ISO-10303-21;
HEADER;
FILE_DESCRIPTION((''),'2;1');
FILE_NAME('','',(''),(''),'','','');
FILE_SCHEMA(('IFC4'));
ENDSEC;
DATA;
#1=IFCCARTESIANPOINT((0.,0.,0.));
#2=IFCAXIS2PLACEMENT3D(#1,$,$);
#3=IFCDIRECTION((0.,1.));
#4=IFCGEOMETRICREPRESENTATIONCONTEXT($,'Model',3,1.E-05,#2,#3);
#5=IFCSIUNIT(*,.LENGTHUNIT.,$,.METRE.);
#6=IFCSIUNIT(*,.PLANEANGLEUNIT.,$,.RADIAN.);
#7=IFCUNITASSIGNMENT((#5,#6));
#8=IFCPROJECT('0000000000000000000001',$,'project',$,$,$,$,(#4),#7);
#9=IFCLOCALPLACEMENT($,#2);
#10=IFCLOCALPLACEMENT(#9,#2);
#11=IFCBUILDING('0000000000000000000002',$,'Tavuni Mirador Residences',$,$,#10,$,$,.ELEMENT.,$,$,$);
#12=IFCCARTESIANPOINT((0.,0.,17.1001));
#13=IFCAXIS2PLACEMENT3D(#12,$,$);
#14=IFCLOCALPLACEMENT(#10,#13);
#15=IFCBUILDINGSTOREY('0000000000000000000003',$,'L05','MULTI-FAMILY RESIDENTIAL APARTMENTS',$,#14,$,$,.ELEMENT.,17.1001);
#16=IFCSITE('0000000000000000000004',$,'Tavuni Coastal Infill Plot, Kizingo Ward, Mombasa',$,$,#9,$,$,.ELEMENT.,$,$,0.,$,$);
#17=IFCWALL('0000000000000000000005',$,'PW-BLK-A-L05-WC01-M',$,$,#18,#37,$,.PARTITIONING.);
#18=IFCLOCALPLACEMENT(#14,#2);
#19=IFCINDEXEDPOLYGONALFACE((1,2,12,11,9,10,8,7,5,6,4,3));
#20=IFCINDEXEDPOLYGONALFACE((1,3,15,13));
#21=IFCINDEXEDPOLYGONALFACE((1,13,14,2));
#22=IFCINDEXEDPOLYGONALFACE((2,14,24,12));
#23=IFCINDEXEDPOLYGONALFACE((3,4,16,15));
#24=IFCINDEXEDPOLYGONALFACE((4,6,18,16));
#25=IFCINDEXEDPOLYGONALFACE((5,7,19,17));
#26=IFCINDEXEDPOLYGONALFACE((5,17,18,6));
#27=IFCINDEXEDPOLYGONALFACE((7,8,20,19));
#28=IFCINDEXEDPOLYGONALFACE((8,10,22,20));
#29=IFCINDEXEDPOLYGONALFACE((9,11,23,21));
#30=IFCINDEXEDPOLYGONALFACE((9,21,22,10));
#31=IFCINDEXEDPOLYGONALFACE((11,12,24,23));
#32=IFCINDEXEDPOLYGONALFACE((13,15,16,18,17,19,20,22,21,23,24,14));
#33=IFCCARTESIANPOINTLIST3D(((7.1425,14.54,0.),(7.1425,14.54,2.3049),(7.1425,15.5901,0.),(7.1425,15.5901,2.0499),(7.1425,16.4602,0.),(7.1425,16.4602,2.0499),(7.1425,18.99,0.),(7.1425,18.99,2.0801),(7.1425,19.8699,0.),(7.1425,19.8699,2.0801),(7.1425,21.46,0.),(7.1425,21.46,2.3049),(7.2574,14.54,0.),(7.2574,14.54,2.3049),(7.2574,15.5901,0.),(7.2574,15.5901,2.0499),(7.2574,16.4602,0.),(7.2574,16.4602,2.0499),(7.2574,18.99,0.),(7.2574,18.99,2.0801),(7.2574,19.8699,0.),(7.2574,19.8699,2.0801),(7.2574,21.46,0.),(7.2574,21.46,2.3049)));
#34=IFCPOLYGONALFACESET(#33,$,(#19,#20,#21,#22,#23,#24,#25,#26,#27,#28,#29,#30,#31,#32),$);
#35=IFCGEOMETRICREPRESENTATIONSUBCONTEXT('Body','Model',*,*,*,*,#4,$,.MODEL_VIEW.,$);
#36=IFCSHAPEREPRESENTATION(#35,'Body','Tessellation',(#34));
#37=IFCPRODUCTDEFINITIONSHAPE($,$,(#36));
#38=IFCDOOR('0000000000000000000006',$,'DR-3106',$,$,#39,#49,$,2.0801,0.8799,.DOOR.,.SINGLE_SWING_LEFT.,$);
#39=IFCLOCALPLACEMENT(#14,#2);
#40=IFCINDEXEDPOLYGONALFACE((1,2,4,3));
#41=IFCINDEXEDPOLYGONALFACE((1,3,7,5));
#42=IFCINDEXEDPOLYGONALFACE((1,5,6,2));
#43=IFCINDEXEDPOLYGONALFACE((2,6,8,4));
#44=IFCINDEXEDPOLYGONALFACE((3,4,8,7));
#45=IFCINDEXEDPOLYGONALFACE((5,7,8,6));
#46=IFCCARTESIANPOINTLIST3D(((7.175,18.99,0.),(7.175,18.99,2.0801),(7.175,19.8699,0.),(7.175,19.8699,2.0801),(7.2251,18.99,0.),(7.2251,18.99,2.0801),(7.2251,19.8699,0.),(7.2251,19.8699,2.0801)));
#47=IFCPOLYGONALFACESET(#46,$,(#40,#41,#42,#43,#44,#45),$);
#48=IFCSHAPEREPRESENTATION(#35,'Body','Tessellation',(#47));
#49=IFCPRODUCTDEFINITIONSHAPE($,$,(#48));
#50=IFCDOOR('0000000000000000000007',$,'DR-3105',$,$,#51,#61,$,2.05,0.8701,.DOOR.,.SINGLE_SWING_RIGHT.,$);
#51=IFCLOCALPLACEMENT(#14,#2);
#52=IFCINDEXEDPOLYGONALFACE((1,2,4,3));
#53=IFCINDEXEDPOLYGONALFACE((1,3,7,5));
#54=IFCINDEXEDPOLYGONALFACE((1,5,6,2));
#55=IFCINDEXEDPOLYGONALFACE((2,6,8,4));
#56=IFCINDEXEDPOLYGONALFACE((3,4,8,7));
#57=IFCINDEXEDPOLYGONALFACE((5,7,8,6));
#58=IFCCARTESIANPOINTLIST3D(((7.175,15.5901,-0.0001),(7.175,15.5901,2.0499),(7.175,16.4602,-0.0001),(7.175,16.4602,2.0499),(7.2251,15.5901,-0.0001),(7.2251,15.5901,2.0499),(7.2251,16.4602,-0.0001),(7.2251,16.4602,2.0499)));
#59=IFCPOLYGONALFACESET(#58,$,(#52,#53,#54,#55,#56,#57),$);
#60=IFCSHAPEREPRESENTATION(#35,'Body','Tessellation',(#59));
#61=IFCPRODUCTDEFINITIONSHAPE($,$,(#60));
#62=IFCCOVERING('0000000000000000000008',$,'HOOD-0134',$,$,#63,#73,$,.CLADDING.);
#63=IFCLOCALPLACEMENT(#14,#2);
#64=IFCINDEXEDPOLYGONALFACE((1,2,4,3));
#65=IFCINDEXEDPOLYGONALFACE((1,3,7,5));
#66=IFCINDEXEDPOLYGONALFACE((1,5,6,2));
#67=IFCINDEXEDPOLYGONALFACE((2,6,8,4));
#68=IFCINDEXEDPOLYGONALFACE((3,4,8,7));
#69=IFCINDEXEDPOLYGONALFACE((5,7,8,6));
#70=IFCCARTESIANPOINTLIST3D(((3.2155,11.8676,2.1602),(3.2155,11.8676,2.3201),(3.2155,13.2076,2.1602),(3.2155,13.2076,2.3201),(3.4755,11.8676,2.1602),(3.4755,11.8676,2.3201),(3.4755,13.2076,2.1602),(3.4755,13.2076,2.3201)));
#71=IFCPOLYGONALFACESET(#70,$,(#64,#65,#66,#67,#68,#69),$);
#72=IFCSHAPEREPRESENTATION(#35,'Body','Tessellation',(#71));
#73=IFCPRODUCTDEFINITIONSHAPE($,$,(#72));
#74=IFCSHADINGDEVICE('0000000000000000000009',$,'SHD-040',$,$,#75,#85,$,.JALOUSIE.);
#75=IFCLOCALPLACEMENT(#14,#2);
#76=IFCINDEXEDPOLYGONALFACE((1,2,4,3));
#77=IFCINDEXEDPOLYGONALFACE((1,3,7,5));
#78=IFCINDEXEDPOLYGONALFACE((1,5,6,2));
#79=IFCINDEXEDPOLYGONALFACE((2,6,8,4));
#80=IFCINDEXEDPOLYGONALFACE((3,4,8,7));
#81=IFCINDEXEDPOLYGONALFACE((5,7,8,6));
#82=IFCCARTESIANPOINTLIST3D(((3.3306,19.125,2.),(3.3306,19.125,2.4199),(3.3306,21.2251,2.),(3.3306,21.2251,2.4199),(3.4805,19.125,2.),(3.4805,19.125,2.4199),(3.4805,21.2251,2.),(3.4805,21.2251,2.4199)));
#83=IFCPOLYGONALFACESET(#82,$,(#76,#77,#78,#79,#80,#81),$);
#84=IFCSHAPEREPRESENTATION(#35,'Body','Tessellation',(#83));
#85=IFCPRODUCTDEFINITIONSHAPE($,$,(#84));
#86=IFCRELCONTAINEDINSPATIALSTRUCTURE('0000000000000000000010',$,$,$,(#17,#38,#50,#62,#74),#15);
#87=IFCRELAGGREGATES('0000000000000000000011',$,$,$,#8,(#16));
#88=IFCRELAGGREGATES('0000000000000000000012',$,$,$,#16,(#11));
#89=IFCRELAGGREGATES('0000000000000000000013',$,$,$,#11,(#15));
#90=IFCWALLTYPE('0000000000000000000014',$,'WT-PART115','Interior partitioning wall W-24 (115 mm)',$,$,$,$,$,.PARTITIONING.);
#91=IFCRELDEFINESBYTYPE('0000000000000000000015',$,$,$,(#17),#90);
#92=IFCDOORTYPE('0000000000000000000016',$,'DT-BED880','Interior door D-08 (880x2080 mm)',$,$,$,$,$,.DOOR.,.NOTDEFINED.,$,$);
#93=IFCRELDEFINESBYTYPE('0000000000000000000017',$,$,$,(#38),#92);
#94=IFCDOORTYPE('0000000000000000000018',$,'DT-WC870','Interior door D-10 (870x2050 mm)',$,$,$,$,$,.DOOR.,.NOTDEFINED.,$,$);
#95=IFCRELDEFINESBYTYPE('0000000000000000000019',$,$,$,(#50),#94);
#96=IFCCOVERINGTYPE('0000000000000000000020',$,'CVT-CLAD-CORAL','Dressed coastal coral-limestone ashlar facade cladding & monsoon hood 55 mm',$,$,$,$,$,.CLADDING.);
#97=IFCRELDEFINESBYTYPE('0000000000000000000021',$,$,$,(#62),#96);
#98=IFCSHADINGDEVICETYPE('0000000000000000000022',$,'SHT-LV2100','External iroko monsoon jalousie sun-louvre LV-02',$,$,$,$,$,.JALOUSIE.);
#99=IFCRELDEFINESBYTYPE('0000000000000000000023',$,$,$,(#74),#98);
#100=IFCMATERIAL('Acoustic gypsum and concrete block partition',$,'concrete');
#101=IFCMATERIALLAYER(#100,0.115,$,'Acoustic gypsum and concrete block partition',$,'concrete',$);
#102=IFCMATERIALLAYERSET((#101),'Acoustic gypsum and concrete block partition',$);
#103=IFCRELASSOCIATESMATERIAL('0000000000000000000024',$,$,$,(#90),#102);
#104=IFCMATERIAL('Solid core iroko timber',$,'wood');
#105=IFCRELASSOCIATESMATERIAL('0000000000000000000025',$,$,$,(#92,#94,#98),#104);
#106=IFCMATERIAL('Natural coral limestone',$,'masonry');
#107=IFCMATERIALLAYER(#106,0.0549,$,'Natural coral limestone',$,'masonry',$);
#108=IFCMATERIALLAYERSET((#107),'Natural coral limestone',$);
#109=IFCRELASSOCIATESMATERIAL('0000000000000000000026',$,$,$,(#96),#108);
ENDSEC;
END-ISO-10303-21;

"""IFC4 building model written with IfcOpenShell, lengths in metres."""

from ifc_helpers import new_model, si_unit, direction, frame, frame_2d, origin, origin_2d, place, context, subcontext, project, spatial, rectangle, extrude, material, layer, layer_set, type_object, element, fill, save


model = new_model("IFC4")

# Units and contexts
model_context = context("Model", 3, precision=1e-05, world=origin(), true_north=direction((0.0, 1.0)))
body_context = subcontext(model_context, "Body", "Model", "MODEL_VIEW")
ifc_project = project(units=[si_unit("LENGTHUNIT", "METRE"), si_unit("PLANEANGLEUNIT", "RADIAN")], contexts=[model_context])

# Site, building, storey
site_placement = place(None, origin())
site = spatial("IfcSite", under=ifc_project, at=site_placement, Name="Tavuni Coastal Infill Plot, Kizingo Ward, Mombasa", CompositionType="ELEMENT", RefElevation=0.0)
building_placement = place(site_placement, origin())
building = spatial("IfcBuilding", under=site, at=building_placement, Name="Tavuni Mirador Residences", CompositionType="ELEMENT")
storey_placement = place(building_placement, frame((0.0, 0.0, 17.1001)))
storey = spatial("IfcBuildingStorey", under=building, at=storey_placement, Name="L05", Description="MULTI-FAMILY RESIDENTIAL APARTMENTS", CompositionType="ELEMENT", Elevation=17.1001)

# Shared definitions
ifc_material_1 = material(Name="Acoustic gypsum and concrete block partition", Category="concrete")
ifc_layer_1 = layer(ifc_material_1, 0.115, Name="Acoustic gypsum and concrete block partition", Category="concrete")
ifc_layer_set_1 = layer_set([ifc_layer_1], Name="Acoustic gypsum and concrete block partition")
wall_type_1 = type_object("IfcWallType", Name="WT-PART115", Description="Interior partitioning wall W-24 (115 mm)", PredefinedType="PARTITIONING", material=ifc_layer_set_1)
ifc_material_2 = material(Name="Solid core iroko timber", Category="wood")

# Wall, openings, doors
wall_1_placement = place(storey_placement, frame((7.2, 14.54, 0.0), z_axis=(0.0, 0.0, 1.0), x_axis=(0.0, 1.0, 0.0)))
wall_1 = element("IfcWall", 1, at=wall_1_placement, inside=storey, type_object=wall_type_1, Name="PW-BLK-A-L05-WC01-M", PredefinedType="PARTITIONING", context=body_context, shape_type="SweptSolid", body=[
    extrude(rectangle(XDim=6.9199, YDim=0.115, at=frame_2d((3.46, 0.0))), origin(), (0.0, 0.0, 1.0), 2.3049),
])
opening_1_placement = place(wall_1_placement, frame((1.05, 0.0, 0.0)))
opening_1 = element("IfcOpeningElement", 2, at=opening_1_placement, cuts=wall_1, PredefinedType="OPENING", context=body_context, shape_type="SweptSolid", body=[
    extrude(rectangle(XDim=0.8701, YDim=2.05, at=frame_2d((0.4351, 1.0249))), frame((0.0, 0.0674, 0.0), z_axis=(0.0, -1.0, 0.0), x_axis=(1.0, 0.0, 0.0)), (0.0, 0.0, 1.0), 0.135),
])
opening_2_placement = place(wall_1_placement, frame((4.45, 0.0, 0.0)))
opening_2 = element("IfcOpeningElement", 3, at=opening_2_placement, cuts=wall_1, PredefinedType="OPENING", context=body_context, shape_type="SweptSolid", body=[
    extrude(rectangle(XDim=0.8799, YDim=2.0801, at=frame_2d((0.4399, 1.04))), frame((0.0, 0.0674, 0.0), z_axis=(0.0, -1.0, 0.0), x_axis=(1.0, 0.0, 0.0)), (0.0, 0.0, 1.0), 0.135),
])
door_type_1 = type_object("IfcDoorType", Name="DT-BED880", Description="Interior door D-08 (880x2080 mm)", OperationType="NOTDEFINED", PredefinedType="DOOR", material=ifc_material_2)
door_1_placement = place(opening_2_placement, origin())
door_1 = element("IfcDoor", 4, at=door_1_placement, inside=storey, type_object=door_type_1, Name="DR-3106", OperationType="SINGLE_SWING_LEFT", OverallHeight=2.0801, OverallWidth=0.8799, PredefinedType="DOOR", context=body_context, shape_type="SweptSolid", body=[
    extrude(rectangle(XDim=0.8799, YDim=2.0801, at=frame_2d((0.4399, 1.04))), frame((0.0, 0.0249, 0.0), z_axis=(0.0, -1.0, 0.0), x_axis=(1.0, 0.0, 0.0)), (0.0, 0.0, 1.0), 0.05),
])
fill(opening_2, door_1)
door_type_2 = type_object("IfcDoorType", Name="DT-WC870", Description="Interior door D-10 (870x2050 mm)", OperationType="NOTDEFINED", PredefinedType="DOOR", material=ifc_material_2)
door_2_placement = place(opening_1_placement, origin())
door_2 = element("IfcDoor", 5, at=door_2_placement, inside=storey, type_object=door_type_2, Name="DR-3105", OperationType="SINGLE_SWING_RIGHT", OverallHeight=2.05, OverallWidth=0.8701, PredefinedType="DOOR", context=body_context, shape_type="SweptSolid", body=[
    extrude(rectangle(XDim=0.8701, YDim=2.05, at=frame_2d((0.4351, 1.0249))), frame((0.0, 0.0249, 0.0), z_axis=(0.0, -1.0, 0.0), x_axis=(1.0, 0.0, 0.0)), (0.0, 0.0, 1.0), 0.05),
])
fill(opening_1, door_2)

# Covering
ifc_material_3 = material(Name="Natural coral limestone", Category="masonry")
ifc_layer_2 = layer(ifc_material_3, 0.0549, Name="Natural coral limestone", Category="masonry")
ifc_layer_set_2 = layer_set([ifc_layer_2], Name="Natural coral limestone")
covering_type = type_object("IfcCoveringType", Name="CVT-CLAD-CORAL", Description="Dressed coastal coral-limestone ashlar facade cladding & monsoon hood 55 mm", PredefinedType="CLADDING", material=ifc_layer_set_2)
covering_placement = place(storey_placement, frame((3.3455, 12.5376, 2.1602), z_axis=(0.0, 0.0, 1.0), x_axis=(0.0, -1.0, 0.0)))
element("IfcCovering", 6, at=covering_placement, inside=storey, type_object=covering_type, Name="HOOD-0134", PredefinedType="CLADDING", context=body_context, shape_type="SweptSolid", body=[
    extrude(rectangle(XDim=1.3401, YDim=0.26, at=origin_2d()), origin(), (0.0, 0.0, 1.0), 0.1599),
])

# Shading device
shading_device_type = type_object("IfcShadingDeviceType", Name="SHT-LV2100", Description="External iroko monsoon jalousie sun-louvre LV-02", PredefinedType="JALOUSIE", material=ifc_material_2)
shading_device_placement = place(storey_placement, frame((3.4055, 20.175, 2.0), z_axis=(0.0, 0.0, 1.0), x_axis=(0.0, -1.0, 0.0)))
element("IfcShadingDevice", 7, at=shading_device_placement, inside=storey, type_object=shading_device_type, Name="SHD-040", PredefinedType="JALOUSIE", context=body_context, shape_type="SweptSolid", body=[
    extrude(rectangle(XDim=2.1001, YDim=0.1499, at=origin_2d()), origin(), (0.0, 0.0, 1.0), 0.4199),
])

save(model, "model.ifc")
